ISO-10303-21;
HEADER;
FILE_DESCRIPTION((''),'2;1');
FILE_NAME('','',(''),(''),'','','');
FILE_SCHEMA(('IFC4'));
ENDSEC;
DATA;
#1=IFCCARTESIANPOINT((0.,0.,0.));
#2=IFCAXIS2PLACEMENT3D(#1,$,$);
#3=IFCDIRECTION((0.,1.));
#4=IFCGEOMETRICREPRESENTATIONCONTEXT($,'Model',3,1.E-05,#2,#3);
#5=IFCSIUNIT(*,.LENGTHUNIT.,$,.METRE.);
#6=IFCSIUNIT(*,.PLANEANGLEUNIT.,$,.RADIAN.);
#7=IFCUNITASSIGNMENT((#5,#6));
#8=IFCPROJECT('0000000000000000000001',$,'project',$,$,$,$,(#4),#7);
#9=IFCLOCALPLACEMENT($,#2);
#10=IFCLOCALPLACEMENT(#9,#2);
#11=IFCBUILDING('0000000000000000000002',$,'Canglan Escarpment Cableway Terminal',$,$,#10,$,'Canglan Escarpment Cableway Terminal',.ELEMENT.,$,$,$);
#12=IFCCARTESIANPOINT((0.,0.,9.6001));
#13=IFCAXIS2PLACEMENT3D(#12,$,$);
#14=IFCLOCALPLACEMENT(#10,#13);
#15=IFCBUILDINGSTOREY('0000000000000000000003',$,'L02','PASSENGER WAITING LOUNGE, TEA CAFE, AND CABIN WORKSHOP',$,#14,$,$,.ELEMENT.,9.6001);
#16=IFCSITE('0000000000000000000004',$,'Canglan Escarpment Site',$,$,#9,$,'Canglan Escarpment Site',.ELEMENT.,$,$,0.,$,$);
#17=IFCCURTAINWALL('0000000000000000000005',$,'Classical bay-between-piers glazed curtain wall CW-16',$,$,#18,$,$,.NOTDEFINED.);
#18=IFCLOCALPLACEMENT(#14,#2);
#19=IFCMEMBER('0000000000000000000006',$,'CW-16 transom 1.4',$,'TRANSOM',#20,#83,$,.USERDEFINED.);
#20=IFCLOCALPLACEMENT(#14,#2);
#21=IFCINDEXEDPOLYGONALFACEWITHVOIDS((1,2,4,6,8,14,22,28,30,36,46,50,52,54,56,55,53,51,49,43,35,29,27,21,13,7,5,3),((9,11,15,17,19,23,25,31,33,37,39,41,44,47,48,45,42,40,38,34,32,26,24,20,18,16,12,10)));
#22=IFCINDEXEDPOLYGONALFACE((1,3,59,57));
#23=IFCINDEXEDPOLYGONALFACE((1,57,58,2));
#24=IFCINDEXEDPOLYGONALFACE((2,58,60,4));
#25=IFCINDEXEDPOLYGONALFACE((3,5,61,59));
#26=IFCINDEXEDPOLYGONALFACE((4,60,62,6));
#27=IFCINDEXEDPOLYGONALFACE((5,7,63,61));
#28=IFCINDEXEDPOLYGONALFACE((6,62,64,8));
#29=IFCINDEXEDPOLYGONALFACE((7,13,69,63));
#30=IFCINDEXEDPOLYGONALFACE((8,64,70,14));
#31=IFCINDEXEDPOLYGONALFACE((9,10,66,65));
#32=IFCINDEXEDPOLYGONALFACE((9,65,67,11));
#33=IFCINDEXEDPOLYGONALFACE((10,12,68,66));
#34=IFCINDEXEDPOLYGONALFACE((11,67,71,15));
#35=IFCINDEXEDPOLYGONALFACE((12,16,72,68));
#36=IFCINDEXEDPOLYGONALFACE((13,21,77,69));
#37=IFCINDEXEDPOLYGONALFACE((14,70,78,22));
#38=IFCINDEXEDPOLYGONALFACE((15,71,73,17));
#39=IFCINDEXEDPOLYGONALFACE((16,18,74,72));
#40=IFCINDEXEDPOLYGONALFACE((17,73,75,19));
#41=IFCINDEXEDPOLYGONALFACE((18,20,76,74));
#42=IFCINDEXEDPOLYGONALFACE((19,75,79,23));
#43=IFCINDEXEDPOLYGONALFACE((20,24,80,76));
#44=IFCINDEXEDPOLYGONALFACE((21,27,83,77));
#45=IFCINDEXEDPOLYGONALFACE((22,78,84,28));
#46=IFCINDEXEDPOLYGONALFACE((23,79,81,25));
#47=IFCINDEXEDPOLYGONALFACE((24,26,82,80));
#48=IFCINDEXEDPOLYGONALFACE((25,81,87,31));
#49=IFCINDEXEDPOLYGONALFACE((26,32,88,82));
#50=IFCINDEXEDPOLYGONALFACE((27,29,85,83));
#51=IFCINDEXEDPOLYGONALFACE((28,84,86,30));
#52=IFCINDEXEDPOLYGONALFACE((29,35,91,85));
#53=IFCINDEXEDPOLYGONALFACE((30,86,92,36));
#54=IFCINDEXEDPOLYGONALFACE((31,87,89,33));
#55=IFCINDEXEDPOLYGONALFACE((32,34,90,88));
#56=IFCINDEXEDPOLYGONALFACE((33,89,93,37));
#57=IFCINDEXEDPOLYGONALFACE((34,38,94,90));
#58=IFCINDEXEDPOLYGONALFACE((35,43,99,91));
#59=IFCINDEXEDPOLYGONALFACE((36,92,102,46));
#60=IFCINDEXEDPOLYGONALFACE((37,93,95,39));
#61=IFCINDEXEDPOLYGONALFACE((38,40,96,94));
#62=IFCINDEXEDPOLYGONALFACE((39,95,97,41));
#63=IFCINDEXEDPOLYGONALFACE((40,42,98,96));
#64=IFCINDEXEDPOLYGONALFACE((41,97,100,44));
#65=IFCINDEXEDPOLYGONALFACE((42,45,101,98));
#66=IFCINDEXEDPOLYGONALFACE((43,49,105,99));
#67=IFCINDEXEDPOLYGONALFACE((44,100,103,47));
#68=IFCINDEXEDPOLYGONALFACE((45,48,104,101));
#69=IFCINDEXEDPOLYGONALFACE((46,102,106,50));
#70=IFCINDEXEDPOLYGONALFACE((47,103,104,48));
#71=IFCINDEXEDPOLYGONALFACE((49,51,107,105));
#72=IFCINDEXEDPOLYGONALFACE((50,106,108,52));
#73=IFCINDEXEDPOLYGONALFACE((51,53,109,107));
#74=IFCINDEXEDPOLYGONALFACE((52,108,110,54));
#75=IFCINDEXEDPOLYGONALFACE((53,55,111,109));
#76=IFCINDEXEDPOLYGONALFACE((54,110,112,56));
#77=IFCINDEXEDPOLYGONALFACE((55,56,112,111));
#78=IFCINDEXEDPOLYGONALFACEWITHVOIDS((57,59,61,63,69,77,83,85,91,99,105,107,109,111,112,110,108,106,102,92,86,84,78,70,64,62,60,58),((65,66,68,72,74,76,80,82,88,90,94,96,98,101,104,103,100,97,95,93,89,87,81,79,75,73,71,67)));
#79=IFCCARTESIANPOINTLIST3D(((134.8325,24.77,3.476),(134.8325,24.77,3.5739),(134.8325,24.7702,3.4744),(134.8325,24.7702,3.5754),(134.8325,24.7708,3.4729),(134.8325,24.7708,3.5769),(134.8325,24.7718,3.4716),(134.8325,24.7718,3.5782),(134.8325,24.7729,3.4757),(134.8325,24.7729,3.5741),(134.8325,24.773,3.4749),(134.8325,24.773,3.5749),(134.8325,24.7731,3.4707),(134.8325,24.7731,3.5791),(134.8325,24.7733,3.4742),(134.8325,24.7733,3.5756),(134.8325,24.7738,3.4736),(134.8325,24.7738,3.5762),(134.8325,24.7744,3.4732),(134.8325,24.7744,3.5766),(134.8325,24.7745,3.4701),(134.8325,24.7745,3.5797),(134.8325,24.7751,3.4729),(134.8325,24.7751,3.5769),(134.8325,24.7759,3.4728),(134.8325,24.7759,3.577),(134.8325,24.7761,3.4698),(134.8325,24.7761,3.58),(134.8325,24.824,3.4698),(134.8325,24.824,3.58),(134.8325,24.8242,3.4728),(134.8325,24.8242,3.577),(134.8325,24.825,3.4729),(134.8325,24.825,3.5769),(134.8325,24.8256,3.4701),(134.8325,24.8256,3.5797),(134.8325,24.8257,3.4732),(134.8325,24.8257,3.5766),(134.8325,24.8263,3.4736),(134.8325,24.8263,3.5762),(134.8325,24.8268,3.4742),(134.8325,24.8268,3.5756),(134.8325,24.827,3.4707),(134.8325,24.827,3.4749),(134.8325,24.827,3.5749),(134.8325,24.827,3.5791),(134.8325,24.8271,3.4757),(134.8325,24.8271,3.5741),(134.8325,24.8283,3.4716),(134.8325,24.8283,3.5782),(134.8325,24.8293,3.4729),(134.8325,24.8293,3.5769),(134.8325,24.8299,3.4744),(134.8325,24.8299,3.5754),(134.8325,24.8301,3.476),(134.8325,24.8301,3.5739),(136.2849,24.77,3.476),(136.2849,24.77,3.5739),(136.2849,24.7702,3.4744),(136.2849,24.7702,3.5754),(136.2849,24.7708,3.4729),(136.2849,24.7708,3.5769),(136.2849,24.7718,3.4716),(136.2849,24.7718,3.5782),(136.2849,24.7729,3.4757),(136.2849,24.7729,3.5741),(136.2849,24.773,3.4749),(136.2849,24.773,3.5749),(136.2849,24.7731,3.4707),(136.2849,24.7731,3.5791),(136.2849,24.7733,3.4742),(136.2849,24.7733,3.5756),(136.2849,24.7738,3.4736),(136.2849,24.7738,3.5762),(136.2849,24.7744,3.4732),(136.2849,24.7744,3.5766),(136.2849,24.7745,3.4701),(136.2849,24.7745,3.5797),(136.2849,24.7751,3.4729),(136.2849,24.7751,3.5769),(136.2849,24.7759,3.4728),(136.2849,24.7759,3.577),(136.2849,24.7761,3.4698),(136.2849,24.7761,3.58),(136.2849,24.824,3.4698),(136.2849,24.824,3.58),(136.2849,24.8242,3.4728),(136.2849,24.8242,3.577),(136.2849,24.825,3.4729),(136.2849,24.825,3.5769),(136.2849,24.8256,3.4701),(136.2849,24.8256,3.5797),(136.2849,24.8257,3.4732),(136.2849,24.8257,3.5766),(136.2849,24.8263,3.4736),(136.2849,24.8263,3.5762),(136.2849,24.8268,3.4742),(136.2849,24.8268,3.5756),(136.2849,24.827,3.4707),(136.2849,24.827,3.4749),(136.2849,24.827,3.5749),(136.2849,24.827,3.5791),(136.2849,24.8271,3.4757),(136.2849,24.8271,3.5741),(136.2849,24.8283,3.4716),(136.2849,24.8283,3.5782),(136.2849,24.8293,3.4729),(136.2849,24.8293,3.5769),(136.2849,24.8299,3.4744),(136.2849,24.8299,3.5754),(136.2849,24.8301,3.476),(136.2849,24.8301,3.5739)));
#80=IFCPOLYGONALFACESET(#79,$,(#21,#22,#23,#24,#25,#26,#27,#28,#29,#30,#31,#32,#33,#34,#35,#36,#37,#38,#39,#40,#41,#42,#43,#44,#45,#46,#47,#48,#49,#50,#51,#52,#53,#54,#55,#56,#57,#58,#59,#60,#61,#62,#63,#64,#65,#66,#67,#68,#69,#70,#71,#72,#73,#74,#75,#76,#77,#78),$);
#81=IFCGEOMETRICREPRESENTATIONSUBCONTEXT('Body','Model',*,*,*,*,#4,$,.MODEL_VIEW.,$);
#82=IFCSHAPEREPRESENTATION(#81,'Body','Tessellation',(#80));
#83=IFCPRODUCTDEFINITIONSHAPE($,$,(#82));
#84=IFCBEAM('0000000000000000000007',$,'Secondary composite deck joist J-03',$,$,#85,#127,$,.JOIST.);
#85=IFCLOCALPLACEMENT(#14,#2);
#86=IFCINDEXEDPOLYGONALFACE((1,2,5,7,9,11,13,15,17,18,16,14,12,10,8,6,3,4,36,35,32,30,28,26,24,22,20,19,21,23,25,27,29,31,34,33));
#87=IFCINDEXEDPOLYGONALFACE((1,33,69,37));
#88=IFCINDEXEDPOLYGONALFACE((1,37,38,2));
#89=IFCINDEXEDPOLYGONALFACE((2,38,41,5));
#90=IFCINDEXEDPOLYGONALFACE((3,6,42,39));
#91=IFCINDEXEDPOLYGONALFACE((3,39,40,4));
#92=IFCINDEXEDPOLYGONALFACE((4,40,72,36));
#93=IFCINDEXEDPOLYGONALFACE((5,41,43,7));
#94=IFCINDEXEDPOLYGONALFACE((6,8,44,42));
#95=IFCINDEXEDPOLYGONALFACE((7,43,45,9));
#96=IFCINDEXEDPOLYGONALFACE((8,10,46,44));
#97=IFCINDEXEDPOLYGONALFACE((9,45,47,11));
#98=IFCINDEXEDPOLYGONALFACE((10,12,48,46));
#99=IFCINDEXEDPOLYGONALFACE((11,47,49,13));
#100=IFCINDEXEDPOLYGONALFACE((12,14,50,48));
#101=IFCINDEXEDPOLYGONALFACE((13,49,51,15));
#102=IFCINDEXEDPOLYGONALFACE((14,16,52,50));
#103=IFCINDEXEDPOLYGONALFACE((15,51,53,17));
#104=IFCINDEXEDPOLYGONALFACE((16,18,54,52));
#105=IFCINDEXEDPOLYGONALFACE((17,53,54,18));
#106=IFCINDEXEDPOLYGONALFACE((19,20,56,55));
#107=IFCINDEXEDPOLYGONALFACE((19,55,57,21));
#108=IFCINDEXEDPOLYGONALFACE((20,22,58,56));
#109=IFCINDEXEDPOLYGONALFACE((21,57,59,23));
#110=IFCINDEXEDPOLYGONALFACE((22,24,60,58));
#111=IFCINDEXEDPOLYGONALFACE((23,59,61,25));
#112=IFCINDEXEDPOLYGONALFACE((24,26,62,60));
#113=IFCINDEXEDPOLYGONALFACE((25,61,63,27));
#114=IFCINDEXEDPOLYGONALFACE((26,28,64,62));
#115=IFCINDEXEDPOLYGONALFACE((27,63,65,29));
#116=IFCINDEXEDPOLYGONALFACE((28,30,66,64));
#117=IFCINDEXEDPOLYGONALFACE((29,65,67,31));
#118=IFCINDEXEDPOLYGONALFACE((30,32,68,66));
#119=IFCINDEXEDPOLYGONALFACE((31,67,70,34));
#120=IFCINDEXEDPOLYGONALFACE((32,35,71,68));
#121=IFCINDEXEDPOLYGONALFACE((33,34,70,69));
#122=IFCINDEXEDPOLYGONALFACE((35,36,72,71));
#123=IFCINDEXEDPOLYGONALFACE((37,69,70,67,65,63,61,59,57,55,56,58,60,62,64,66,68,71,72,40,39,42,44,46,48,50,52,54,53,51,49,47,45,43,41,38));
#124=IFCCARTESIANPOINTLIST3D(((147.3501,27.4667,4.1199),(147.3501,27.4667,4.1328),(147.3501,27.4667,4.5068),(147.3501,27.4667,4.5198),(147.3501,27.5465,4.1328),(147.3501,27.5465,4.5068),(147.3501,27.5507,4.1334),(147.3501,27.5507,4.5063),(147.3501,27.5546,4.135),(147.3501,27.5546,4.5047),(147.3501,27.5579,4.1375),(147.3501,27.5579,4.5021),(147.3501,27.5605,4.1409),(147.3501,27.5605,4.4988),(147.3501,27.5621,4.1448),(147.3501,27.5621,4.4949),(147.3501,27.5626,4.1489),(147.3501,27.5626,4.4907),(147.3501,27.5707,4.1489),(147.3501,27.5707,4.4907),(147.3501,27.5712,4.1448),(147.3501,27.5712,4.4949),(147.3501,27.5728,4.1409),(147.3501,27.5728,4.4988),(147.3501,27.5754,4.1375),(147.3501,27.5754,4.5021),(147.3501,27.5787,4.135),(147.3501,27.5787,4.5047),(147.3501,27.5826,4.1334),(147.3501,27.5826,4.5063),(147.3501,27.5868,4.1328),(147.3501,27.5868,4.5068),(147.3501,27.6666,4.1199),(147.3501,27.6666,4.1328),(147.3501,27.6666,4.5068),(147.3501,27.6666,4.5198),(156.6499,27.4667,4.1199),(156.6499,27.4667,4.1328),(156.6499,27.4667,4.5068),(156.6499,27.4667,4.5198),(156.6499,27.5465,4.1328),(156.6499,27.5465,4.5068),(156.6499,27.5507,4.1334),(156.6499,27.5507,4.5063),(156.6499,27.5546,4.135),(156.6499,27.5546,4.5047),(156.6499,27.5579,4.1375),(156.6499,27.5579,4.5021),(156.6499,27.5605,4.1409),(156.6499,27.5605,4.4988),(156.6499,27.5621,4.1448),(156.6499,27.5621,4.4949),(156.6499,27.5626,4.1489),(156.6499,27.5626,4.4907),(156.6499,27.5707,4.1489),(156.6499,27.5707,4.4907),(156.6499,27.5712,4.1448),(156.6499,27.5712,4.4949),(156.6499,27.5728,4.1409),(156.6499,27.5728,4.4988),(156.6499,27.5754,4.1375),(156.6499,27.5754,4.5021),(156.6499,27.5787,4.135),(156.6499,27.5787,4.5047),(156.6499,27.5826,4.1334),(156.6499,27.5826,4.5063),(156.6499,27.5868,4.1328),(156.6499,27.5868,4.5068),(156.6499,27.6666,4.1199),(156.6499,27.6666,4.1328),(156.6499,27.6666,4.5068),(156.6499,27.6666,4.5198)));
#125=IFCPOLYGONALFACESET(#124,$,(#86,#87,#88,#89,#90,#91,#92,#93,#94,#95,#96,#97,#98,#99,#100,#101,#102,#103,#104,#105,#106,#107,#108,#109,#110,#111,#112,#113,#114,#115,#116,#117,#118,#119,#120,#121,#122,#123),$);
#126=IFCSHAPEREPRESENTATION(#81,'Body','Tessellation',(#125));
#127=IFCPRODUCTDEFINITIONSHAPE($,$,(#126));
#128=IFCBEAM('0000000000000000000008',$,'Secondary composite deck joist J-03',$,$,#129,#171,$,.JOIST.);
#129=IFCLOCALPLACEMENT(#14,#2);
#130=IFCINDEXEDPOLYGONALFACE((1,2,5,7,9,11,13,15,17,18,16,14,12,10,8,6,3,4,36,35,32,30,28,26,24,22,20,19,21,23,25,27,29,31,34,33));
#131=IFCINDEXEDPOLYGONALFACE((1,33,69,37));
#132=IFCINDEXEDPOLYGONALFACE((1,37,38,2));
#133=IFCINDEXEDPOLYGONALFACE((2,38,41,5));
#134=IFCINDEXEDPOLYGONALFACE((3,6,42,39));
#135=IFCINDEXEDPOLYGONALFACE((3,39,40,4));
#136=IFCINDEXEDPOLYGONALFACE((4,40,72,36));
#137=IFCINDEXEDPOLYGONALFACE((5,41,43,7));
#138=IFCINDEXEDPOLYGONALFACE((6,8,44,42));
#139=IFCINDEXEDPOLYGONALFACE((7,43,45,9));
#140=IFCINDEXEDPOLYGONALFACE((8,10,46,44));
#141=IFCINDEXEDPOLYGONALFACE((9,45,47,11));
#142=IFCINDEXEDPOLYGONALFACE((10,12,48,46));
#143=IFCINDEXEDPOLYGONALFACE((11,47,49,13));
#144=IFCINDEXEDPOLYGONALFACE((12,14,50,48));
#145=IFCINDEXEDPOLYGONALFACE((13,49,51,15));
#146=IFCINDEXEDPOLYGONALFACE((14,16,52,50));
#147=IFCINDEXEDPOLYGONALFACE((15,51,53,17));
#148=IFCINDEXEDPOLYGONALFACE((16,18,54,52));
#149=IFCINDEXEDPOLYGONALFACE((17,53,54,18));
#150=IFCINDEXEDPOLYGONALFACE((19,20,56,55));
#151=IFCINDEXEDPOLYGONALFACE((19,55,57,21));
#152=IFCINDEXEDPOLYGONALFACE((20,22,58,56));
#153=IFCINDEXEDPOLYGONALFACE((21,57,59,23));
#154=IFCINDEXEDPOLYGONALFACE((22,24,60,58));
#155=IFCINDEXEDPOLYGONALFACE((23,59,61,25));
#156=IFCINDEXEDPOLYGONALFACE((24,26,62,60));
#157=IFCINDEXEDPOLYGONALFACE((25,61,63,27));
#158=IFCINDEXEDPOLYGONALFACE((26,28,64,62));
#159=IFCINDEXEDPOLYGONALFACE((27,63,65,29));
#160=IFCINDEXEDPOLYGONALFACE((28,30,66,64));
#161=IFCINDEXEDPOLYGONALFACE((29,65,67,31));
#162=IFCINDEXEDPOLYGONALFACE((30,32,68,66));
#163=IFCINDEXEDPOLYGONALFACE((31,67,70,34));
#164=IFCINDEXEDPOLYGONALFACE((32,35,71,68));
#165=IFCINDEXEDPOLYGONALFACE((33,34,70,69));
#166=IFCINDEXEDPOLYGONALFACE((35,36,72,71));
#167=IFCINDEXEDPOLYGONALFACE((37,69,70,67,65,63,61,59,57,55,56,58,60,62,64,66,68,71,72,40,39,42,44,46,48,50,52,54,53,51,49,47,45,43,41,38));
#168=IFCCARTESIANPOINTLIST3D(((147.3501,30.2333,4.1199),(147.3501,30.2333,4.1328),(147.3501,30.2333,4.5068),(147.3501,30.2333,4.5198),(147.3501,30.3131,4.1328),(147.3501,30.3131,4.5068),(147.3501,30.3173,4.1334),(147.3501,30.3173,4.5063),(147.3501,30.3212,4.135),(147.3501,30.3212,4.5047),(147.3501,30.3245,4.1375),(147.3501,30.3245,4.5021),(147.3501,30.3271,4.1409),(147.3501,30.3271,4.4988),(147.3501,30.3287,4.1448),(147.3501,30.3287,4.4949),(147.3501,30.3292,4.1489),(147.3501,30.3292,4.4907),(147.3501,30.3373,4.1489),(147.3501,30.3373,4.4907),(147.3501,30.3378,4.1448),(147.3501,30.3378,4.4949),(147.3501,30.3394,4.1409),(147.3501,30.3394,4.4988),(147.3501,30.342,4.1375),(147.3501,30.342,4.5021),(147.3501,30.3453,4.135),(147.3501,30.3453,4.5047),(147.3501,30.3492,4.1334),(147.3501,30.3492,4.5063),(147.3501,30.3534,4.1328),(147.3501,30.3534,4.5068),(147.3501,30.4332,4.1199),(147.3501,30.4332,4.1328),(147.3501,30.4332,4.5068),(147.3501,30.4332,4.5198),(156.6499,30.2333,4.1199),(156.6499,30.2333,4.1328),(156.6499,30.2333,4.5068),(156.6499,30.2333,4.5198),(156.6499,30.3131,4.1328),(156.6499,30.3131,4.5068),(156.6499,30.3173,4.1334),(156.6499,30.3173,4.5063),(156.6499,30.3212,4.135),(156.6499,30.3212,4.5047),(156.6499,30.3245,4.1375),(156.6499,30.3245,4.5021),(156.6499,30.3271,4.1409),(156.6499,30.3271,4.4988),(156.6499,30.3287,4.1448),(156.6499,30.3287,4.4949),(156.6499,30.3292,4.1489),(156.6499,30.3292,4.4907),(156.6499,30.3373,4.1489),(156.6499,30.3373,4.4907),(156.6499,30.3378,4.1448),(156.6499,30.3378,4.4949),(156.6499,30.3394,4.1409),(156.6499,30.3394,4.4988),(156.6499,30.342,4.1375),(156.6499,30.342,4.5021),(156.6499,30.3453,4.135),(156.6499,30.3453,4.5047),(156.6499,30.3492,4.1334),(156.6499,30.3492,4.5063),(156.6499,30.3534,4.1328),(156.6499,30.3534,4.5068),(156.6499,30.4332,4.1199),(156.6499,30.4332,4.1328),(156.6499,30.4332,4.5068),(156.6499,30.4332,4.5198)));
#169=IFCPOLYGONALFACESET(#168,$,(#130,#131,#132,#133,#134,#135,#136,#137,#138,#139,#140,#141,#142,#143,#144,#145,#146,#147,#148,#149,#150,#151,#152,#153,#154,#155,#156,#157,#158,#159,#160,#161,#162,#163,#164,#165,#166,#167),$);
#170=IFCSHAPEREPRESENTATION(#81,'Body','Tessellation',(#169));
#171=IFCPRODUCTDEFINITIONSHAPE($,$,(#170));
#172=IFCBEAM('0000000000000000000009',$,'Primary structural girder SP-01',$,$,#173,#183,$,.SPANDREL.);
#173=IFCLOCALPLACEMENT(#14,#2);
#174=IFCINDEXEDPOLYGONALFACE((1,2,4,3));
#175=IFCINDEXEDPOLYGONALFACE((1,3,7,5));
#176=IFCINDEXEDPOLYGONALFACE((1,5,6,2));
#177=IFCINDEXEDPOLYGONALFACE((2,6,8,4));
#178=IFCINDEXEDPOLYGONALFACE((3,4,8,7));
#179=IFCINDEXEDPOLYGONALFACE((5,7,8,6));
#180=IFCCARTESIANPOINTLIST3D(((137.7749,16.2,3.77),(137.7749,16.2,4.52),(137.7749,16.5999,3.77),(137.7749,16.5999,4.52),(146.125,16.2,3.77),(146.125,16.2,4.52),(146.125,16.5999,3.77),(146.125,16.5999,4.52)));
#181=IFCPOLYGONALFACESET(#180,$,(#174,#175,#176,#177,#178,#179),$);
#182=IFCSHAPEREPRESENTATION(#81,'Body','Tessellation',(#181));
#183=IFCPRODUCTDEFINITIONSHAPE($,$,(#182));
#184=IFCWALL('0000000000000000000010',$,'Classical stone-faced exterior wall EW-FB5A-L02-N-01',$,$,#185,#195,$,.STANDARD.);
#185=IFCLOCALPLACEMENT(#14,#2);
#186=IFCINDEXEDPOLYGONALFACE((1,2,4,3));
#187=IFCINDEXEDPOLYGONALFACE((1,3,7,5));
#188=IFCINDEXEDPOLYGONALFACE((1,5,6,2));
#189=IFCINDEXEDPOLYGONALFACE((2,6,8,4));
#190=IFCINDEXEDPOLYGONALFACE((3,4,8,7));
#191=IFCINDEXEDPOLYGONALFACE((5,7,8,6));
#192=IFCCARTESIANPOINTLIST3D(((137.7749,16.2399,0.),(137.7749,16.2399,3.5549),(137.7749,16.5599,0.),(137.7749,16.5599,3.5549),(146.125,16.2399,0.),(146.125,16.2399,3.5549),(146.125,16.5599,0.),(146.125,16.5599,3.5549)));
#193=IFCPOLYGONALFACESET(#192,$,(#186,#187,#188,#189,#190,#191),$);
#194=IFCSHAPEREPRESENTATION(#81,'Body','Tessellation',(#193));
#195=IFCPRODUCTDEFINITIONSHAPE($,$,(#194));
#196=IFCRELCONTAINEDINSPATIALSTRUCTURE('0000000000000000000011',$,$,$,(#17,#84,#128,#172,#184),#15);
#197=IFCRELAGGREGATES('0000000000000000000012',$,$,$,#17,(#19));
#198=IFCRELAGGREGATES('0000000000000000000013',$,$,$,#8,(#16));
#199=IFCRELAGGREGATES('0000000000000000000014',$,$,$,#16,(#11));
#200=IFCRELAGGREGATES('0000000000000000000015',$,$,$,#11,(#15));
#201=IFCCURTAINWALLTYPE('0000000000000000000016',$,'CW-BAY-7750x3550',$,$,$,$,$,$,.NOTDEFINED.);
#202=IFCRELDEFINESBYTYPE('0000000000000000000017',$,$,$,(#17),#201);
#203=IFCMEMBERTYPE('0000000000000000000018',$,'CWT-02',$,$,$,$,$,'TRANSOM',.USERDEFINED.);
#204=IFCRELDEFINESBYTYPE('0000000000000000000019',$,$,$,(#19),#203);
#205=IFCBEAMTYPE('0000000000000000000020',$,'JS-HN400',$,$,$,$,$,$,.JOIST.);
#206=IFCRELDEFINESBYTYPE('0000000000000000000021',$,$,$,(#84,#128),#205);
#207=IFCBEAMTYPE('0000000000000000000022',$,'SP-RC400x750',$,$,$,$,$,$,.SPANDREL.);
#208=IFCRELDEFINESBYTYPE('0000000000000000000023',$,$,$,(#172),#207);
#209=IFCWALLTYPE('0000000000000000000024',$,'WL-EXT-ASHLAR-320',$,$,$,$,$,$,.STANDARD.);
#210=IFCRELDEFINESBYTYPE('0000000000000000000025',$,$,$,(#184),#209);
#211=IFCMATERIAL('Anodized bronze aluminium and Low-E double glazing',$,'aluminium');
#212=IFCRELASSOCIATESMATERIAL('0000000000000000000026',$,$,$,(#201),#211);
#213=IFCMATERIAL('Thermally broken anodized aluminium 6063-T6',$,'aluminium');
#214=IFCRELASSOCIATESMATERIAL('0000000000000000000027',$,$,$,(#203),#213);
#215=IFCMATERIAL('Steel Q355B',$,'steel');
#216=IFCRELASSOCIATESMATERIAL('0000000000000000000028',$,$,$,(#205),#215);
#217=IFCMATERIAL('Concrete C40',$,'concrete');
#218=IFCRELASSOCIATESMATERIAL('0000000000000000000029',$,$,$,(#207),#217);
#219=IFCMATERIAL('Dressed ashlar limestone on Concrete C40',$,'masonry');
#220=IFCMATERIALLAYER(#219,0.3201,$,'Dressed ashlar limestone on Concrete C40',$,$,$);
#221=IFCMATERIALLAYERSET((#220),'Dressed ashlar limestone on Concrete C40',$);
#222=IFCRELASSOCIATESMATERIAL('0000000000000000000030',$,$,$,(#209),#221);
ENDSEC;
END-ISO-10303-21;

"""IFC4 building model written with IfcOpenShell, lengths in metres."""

from ifc_helpers import new_model, si_unit, direction, frame, frame_2d, origin, origin_2d, place, context, subcontext, project, spatial, rectangle, hollow_rectangle, i_section, extrude, material, layer, layer_set, material_profile, profile_set, type_object, element, aggregate, save


model = new_model("IFC4")

# Units and contexts
model_context = context("Model", 3, precision=1e-05, world=origin(), true_north=direction((0.0, 1.0)))
body_context = subcontext(model_context, "Body", "Model", "MODEL_VIEW")
ifc_project = project(units=[si_unit("LENGTHUNIT", "METRE"), si_unit("PLANEANGLEUNIT", "RADIAN")], contexts=[model_context])

# Site, building, storey
site_placement = place(None, origin())
site = spatial("IfcSite", under=ifc_project, at=site_placement, Name="Canglan Escarpment Site", LongName="Canglan Escarpment Site", CompositionType="ELEMENT", RefElevation=0.0)
building_placement = place(site_placement, origin())
building = spatial("IfcBuilding", under=site, at=building_placement, Name="Canglan Escarpment Cableway Terminal", LongName="Canglan Escarpment Cableway Terminal", CompositionType="ELEMENT")
storey_placement = place(building_placement, frame((0.0, 0.0, 9.6001)))
storey = spatial("IfcBuildingStorey", under=building, at=storey_placement, Name="L02", Description="PASSENGER WAITING LOUNGE, TEA CAFE, AND CABIN WORKSHOP", CompositionType="ELEMENT", Elevation=9.6001)

# Shared definitions
ifc_material_1 = material(Name="Concrete C40", Category="concrete")

# Shared definitions
ifc_material_2 = material(Name="Steel Q355B", Category="steel")

# Curtain wall, member
ifc_material_3 = material(Name="Anodized bronze aluminium and Low-E double glazing", Category="aluminium")
curtain_wall_type = type_object("IfcCurtainWallType", Name="CW-BAY-7750x3550", PredefinedType="NOTDEFINED", material=ifc_material_3)
curtain_wall_placement = place(storey_placement, origin())
curtain_wall = element("IfcCurtainWall", 1, at=curtain_wall_placement, inside=storey, type_object=curtain_wall_type, Name="Classical bay-between-piers glazed curtain wall CW-16", PredefinedType="NOTDEFINED")
ifc_material_4 = material(Name="Thermally broken anodized aluminium 6063-T6", Category="aluminium")
ifc_material_profile_1 = material_profile(ifc_material_4, hollow_rectangle(XDim=0.0601, YDim=0.1101, WallThickness=0.0029, InnerFilletRadius=0.0029, OuterFilletRadius=0.0061, at=origin_2d()), Name="ALU-TRAN 60x110x3")
ifc_profile_set_1 = profile_set([ifc_material_profile_1], Name="Thermally broken anodized aluminium 6063-T6")
member_type_1 = type_object("IfcMemberType", Name="CWT-02", ElementType="TRANSOM", PredefinedType="USERDEFINED", material=ifc_profile_set_1)
member_1_placement = place(storey_placement, frame((136.2849, 24.8, 3.5249), z_axis=(-1.0, 0.0, 0.0), x_axis=(0.0, -1.0, 0.0)))
member_1 = element("IfcMember", 2, at=member_1_placement, type_object=member_type_1, Name="CW-16 transom 1.4", ObjectType="TRANSOM", PredefinedType="USERDEFINED", context=body_context, shape_type="SweptSolid", body=[
    extrude(hollow_rectangle(XDim=0.0601, YDim=0.1101, WallThickness=0.0029, InnerFilletRadius=0.0029, OuterFilletRadius=0.0061, at=origin_2d()), origin(), (0.0, 0.0, 1.0), 1.4524),
])
aggregate(curtain_wall, [member_1])

# Beams
ifc_material_profile_2 = material_profile(ifc_material_2, i_section(OverallWidth=0.2, OverallDepth=0.3999, WebThickness=0.0081, FlangeThickness=0.0129, FilletRadius=0.0161, at=origin_2d()), Name="HN 400x200x8x13")
ifc_profile_set_2 = profile_set([ifc_material_profile_2], Name="Steel Q355B")
beam_type_1 = type_object("IfcBeamType", Name="JS-HN400", PredefinedType="JOIST", material=ifc_profile_set_2)
for number, where, z_axis, x_axis, name in (
    (3, (147.3501, 27.5667, 4.3198), (1.0, 0.0, 0.0), (0.0, 1.0, 0.0), "Secondary composite deck joist J-03"),
    (4, (147.3501, 30.3333, 4.3198), (1.0, 0.0, 0.0), (0.0, 1.0, 0.0), "Secondary composite deck joist J-03"),
):
    element("IfcBeam", number, at=place(storey_placement, frame(where, z_axis=z_axis, x_axis=x_axis)), inside=storey, type_object=beam_type_1, Name=name, PredefinedType="JOIST", context=body_context, shape_type="SweptSolid", body=[
        extrude(i_section(OverallWidth=0.2, OverallDepth=0.3999, WebThickness=0.0081, FlangeThickness=0.0129, FilletRadius=0.0161, at=origin_2d()), origin(), (0.0, 0.0, 1.0), 9.2998),
    ])
ifc_material_profile_3 = material_profile(ifc_material_1, rectangle(XDim=0.3999, YDim=0.75, at=origin_2d()), Name="RC 400x750")
ifc_profile_set_3 = profile_set([ifc_material_profile_3], Name="Concrete C40")
beam_type_2 = type_object("IfcBeamType", Name="SP-RC400x750", PredefinedType="SPANDREL", material=ifc_profile_set_3)
beam_1_placement = place(storey_placement, frame((137.7749, 16.3999, 4.145), z_axis=(1.0, 0.0, 0.0), x_axis=(0.0, 1.0, 0.0)))
element("IfcBeam", 5, at=beam_1_placement, inside=storey, type_object=beam_type_2, Name="Primary structural girder SP-01", PredefinedType="SPANDREL", context=body_context, shape_type="SweptSolid", body=[
    extrude(rectangle(XDim=0.3999, YDim=0.75, at=origin_2d()), origin(), (0.0, 0.0, 1.0), 8.3501),
])

# Wall
ifc_material_5 = material(Name="Dressed ashlar limestone on Concrete C40", Category="masonry")
ifc_layer_1 = layer(ifc_material_5, 0.3201, Name="Dressed ashlar limestone on Concrete C40")
ifc_layer_set_1 = layer_set([ifc_layer_1], Name="Dressed ashlar limestone on Concrete C40")
wall_type_1 = type_object("IfcWallType", Name="WL-EXT-ASHLAR-320", PredefinedType="STANDARD", material=ifc_layer_set_1)
wall_1_placement = place(storey_placement, frame((146.125, 16.3999, 0.0), z_axis=(0.0, 0.0, 1.0), x_axis=(-1.0, 0.0, 0.0)))
element("IfcWall", 6, at=wall_1_placement, inside=storey, type_object=wall_type_1, Name="Classical stone-faced exterior wall EW-FB5A-L02-N-01", PredefinedType="STANDARD", context=body_context, shape_type="SweptSolid", body=[
    extrude(rectangle(XDim=8.3501, YDim=0.3201, at=frame_2d((4.175, 0.0))), origin(), (0.0, 0.0, 1.0), 3.5549),
])

save(model, "model.ifc")
